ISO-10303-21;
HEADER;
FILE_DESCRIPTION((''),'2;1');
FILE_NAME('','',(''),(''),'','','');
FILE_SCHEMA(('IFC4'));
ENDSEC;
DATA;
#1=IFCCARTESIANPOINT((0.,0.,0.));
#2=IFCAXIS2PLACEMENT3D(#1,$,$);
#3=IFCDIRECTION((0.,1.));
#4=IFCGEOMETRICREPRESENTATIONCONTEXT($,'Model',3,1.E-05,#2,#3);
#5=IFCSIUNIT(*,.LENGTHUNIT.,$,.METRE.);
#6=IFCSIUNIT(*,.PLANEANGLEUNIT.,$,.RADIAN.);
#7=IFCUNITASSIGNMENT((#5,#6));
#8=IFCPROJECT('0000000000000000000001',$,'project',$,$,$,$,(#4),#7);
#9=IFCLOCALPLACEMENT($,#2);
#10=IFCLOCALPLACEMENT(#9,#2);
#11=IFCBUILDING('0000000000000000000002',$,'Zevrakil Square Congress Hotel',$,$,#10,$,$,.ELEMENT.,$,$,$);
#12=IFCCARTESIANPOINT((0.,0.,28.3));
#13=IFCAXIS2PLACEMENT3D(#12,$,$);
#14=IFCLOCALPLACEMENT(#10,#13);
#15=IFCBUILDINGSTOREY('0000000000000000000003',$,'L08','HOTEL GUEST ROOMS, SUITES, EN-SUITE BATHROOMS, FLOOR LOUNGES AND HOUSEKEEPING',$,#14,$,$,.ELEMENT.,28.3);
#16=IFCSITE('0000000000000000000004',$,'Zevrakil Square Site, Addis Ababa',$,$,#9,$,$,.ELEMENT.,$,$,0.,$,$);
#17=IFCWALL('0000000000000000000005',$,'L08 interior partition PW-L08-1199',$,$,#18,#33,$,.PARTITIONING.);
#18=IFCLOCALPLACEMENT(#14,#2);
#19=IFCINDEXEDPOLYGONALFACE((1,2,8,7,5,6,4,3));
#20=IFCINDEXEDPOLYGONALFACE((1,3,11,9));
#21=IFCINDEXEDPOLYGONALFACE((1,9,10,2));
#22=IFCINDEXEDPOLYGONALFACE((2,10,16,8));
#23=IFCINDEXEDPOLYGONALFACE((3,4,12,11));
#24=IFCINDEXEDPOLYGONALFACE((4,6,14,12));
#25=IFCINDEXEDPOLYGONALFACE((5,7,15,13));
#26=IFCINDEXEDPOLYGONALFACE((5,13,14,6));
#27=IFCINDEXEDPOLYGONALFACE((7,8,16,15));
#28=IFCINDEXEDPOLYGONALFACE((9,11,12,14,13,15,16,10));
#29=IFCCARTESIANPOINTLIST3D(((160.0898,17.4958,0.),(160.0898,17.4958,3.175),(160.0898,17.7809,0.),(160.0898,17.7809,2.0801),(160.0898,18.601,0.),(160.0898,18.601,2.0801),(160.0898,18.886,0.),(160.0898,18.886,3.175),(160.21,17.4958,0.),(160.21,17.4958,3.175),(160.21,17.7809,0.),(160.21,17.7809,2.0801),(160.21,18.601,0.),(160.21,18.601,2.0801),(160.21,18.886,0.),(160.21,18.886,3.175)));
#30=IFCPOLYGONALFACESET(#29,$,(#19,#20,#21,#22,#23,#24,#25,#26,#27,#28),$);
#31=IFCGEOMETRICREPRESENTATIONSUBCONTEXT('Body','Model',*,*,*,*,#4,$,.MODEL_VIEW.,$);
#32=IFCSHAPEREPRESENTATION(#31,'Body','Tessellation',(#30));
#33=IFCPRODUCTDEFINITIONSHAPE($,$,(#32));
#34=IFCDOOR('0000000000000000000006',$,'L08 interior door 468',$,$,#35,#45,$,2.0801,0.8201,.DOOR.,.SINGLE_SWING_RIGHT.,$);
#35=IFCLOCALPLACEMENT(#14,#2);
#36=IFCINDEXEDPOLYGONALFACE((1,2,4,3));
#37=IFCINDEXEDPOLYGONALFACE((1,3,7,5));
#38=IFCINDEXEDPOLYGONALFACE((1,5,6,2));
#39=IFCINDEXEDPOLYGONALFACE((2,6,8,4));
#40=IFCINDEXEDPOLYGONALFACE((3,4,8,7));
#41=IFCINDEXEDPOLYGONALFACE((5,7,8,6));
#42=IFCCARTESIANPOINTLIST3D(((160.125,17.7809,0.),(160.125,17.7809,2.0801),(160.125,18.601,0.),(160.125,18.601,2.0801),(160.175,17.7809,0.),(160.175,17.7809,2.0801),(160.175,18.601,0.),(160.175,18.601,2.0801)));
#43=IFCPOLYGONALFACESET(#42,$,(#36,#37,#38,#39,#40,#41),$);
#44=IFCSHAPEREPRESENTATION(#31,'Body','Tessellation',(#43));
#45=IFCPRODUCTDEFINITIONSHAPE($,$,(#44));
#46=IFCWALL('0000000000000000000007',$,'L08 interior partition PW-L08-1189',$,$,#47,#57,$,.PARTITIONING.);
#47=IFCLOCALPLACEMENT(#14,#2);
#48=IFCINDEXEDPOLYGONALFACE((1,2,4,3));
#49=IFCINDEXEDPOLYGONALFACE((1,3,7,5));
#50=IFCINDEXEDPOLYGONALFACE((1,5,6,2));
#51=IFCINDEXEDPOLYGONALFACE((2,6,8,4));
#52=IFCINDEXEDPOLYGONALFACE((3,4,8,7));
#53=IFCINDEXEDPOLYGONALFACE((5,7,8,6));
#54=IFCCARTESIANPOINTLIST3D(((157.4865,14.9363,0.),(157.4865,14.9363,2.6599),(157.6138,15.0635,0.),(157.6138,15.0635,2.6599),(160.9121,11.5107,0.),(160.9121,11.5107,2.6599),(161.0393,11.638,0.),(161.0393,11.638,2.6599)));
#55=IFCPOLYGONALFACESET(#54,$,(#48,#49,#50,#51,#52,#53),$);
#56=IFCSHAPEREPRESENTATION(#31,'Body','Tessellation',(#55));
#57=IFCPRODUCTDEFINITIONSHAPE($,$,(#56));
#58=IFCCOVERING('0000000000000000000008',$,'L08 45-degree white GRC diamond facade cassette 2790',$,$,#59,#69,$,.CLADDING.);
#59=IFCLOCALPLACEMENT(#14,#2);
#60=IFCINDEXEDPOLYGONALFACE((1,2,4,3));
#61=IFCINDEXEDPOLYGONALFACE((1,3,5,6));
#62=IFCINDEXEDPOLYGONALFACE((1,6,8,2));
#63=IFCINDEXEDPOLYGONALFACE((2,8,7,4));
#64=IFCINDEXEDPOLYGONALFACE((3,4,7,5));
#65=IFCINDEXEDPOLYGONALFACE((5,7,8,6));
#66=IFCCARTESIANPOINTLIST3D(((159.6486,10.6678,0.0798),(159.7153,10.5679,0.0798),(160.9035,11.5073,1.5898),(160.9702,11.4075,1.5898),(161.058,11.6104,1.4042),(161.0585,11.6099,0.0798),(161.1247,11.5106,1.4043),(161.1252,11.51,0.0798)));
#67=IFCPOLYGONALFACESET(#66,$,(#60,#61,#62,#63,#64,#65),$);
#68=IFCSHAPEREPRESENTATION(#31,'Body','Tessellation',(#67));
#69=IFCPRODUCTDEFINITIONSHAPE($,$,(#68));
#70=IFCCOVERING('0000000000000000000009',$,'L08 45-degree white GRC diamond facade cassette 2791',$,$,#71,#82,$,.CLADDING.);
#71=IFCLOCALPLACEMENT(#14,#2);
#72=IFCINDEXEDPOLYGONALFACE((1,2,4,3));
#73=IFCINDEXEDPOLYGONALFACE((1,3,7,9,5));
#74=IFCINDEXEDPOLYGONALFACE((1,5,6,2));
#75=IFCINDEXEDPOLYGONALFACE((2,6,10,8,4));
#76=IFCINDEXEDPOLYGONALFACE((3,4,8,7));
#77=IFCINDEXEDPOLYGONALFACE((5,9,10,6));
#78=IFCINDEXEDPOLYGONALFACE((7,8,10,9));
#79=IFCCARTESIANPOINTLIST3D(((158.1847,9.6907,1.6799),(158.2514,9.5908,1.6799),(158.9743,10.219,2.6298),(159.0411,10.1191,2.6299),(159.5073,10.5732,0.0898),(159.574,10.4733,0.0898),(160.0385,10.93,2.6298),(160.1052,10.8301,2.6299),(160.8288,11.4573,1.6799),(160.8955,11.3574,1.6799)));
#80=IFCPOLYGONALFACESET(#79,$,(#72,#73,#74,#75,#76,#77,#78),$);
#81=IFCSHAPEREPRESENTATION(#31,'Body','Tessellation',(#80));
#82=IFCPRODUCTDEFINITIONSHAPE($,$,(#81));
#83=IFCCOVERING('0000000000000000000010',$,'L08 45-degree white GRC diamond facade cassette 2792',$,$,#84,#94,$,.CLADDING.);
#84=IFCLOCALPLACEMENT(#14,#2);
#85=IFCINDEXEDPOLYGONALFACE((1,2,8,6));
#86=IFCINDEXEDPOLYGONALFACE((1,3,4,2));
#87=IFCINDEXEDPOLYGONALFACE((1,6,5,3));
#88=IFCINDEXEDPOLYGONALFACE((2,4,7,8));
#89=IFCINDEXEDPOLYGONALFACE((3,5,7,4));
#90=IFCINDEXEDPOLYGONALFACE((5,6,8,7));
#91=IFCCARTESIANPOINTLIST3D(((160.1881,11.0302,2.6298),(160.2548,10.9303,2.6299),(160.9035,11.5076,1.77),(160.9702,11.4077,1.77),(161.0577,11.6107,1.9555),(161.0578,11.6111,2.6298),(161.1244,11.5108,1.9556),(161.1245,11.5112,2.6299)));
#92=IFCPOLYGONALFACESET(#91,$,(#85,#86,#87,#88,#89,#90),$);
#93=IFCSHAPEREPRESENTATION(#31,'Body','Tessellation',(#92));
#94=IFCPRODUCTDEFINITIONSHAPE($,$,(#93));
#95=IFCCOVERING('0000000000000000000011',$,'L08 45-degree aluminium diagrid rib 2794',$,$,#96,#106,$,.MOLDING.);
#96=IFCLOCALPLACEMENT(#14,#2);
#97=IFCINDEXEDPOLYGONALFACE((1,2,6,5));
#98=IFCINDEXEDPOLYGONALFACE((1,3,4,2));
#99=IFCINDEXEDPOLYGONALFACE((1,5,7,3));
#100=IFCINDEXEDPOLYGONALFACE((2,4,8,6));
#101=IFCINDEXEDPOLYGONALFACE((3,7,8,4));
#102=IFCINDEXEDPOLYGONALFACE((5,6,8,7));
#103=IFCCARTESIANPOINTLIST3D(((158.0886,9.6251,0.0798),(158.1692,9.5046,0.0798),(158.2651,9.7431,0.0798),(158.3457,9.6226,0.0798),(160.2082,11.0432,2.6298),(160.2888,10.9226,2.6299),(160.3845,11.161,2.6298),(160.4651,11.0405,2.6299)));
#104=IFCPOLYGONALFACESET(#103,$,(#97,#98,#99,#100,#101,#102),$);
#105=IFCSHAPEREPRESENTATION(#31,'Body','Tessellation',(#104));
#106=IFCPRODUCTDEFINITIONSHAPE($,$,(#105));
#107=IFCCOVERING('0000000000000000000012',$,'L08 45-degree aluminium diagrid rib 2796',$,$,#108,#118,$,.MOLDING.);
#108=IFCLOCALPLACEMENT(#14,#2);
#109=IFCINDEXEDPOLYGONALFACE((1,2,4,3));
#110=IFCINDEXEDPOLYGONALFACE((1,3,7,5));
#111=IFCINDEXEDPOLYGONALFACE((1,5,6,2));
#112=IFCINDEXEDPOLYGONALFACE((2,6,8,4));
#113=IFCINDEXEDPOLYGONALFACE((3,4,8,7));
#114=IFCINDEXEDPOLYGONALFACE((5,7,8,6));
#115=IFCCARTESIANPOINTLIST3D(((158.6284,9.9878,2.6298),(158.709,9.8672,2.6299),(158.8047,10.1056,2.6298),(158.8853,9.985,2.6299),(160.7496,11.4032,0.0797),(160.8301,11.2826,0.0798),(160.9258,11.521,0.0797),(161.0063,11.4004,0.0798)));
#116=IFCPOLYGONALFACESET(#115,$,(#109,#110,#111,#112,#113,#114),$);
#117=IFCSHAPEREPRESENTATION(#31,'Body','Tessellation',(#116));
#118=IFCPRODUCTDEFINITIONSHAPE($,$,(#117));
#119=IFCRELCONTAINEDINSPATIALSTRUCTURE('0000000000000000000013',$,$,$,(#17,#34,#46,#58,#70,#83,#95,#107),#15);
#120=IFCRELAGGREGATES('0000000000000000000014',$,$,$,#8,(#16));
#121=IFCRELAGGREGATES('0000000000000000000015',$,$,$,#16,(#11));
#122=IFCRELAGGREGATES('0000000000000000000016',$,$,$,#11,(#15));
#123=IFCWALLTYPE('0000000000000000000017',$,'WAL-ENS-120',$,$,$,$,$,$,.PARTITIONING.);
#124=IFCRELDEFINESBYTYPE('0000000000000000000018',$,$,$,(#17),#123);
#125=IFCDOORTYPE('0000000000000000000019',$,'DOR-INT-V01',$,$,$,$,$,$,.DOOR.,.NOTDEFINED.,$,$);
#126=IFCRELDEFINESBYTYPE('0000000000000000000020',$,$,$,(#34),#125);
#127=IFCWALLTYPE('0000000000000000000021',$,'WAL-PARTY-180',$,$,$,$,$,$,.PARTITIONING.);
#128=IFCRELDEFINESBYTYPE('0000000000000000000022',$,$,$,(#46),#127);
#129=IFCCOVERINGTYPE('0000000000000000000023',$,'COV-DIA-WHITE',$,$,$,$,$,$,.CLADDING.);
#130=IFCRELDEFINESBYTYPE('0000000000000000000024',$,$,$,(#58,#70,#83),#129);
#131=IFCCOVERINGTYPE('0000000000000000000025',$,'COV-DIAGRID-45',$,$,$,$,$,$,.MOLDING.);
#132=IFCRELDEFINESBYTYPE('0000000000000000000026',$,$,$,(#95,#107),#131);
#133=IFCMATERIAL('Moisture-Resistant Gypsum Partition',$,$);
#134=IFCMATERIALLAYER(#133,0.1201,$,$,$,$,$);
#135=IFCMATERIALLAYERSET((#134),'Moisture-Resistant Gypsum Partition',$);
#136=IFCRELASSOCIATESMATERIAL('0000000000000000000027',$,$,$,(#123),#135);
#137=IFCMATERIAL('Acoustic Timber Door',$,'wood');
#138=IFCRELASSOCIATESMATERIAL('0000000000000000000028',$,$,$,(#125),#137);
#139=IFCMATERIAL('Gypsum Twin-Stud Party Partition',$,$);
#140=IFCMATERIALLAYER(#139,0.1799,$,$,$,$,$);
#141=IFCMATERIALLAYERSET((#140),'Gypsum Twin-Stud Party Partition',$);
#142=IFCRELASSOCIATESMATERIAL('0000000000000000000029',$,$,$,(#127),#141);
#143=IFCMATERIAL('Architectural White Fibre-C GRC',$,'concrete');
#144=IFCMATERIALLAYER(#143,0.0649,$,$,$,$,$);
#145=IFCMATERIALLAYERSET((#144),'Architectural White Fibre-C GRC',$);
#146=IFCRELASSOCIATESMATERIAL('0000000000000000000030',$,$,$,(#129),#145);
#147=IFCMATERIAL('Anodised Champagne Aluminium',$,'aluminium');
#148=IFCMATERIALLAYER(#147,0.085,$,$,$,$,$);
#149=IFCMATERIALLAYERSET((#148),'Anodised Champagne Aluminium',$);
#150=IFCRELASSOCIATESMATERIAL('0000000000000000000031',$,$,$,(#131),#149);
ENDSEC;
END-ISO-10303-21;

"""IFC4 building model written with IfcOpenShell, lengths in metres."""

from ifc_helpers import new_model, si_unit, direction, frame, frame_2d, origin, place, context, subcontext, project, spatial, polyline, rectangle, outline, extrude, material, layer, layer_set, type_object, element, fill, save


model = new_model("IFC4")

# Units and contexts
model_context = context("Model", 3, precision=1e-05, world=origin(), true_north=direction((0.0, 1.0)))
body_context = subcontext(model_context, "Body", "Model", "MODEL_VIEW")
ifc_project = project(units=[si_unit("LENGTHUNIT", "METRE"), si_unit("PLANEANGLEUNIT", "RADIAN")], contexts=[model_context])

# Site, building, storey
site_placement = place(None, origin())
site = spatial("IfcSite", under=ifc_project, at=site_placement, Name="Zevrakil Square Site, Addis Ababa", CompositionType="ELEMENT", RefElevation=0.0)
building_placement = place(site_placement, origin())
building = spatial("IfcBuilding", under=site, at=building_placement, Name="Zevrakil Square Congress Hotel", CompositionType="ELEMENT")
storey_placement = place(building_placement, frame((0.0, 0.0, 28.3)))
storey = spatial("IfcBuildingStorey", under=building, at=storey_placement, Name="L08", Description="HOTEL GUEST ROOMS, SUITES, EN-SUITE BATHROOMS, FLOOR LOUNGES AND HOUSEKEEPING", CompositionType="ELEMENT", Elevation=28.3)

# Shared definitions
ifc_material_1 = material(Name="Moisture-Resistant Gypsum Partition")
ifc_layer_1 = layer(ifc_material_1, 0.1201)
ifc_layer_set_1 = layer_set([ifc_layer_1], Name="Moisture-Resistant Gypsum Partition")
wall_type_1 = type_object("IfcWallType", Name="WAL-ENS-120", PredefinedType="PARTITIONING", material=ifc_layer_set_1)

# Shared definitions
ifc_material_2 = material(Name="Acoustic Timber Door", Category="wood")
door_type_1 = type_object("IfcDoorType", Name="DOR-INT-V01", OperationType="NOTDEFINED", PredefinedType="DOOR", material=ifc_material_2)

# Wall, opening, door
wall_1_placement = place(storey_placement, frame((160.1499, 17.4958, 0.0), z_axis=(0.0, 0.0, 1.0), x_axis=(0.0, 1.0, 0.0)))
wall_1 = element("IfcWall", 1, at=wall_1_placement, inside=storey, type_object=wall_type_1, Name="L08 interior partition PW-L08-1199", PredefinedType="PARTITIONING", context=body_context, shape_type="SweptSolid", body=[
    extrude(rectangle(XDim=1.3901, YDim=0.1201, at=frame_2d((0.6951, 0.0))), origin(), (0.0, 0.0, 1.0), 3.175),
])
opening_1_placement = place(wall_1_placement, frame((0.2849, 0.0, 0.0)))
opening_1 = element("IfcOpeningElement", 2, at=opening_1_placement, cuts=wall_1, PredefinedType="OPENING", context=body_context, shape_type="SweptSolid", body=[
    extrude(rectangle(XDim=0.8201, YDim=2.0801, at=frame_2d((0.4102, 1.04))), frame((0.0, 0.0701, 0.0), z_axis=(0.0, -1.0, 0.0), x_axis=(1.0, 0.0, 0.0)), (0.0, 0.0, 1.0), 0.1401),
])
door_1_placement = place(opening_1_placement, origin())
door_1 = element("IfcDoor", 3, at=door_1_placement, inside=storey, type_object=door_type_1, Name="L08 interior door 468", OperationType="SINGLE_SWING_RIGHT", OverallHeight=2.0801, OverallWidth=0.8201, PredefinedType="DOOR", context=body_context, shape_type="SweptSolid", body=[
    extrude(rectangle(XDim=0.8201, YDim=2.0801, at=frame_2d((0.4102, 1.04))), frame((0.0, 0.0249, 0.0), z_axis=(0.0, -1.0, 0.0), x_axis=(1.0, 0.0, 0.0)), (0.0, 0.0, 1.0), 0.05),
])
fill(opening_1, door_1)

# Wall
ifc_material_3 = material(Name="Gypsum Twin-Stud Party Partition")
ifc_layer_2 = layer(ifc_material_3, 0.1799)
ifc_layer_set_2 = layer_set([ifc_layer_2], Name="Gypsum Twin-Stud Party Partition")
wall_type_2 = type_object("IfcWallType", Name="WAL-PARTY-180", PredefinedType="PARTITIONING", material=ifc_layer_set_2)
wall_2_placement = place(storey_placement, frame((157.55, 15.0, 0.0), z_axis=(0.0, 0.0, 1.0), x_axis=(0.707107, -0.707107, 0.0)))
element("IfcWall", 4, at=wall_2_placement, inside=storey, type_object=wall_type_2, Name="L08 interior partition PW-L08-1189", PredefinedType="PARTITIONING", context=body_context, shape_type="SweptSolid", body=[
    extrude(rectangle(XDim=4.8445, YDim=0.1799, at=frame_2d((2.4224, 0.0))), origin(), (0.0, 0.0, 1.0), 2.6599),
])

# Coverings
ifc_material_4 = material(Name="Architectural White Fibre-C GRC", Category="concrete")
ifc_layer_3 = layer(ifc_material_4, 0.0649)
ifc_layer_set_3 = layer_set([ifc_layer_3], Name="Architectural White Fibre-C GRC")
covering_type_1 = type_object("IfcCoveringType", Name="COV-DIA-WHITE", PredefinedType="CLADDING", material=ifc_layer_set_3)
covering_1_placement = place(storey_placement, frame((160.9702, 11.4075, 1.5898), z_axis=(0.555556, -0.831479, 0.000575), x_axis=(0.588468, 0.392698, -0.706748)))
element("IfcCovering", 5, at=covering_1_placement, inside=storey, type_object=covering_type_1, Name="L08 45-degree white GRC diamond facade cassette 2790", PredefinedType="CLADDING", context=body_context, shape_type="SweptSolid", body=[
    extrude(outline(polyline([(0.0, 0.0), (0.2625, 0.0), (1.1987, -0.9369), (-0.001, -2.1354), (0.0, 0.0)])), origin(), (0.0, 0.0, -1.0), 0.1201),
])
covering_2_placement = place(storey_placement, frame((160.8955, 11.3574, 1.6799), z_axis=(0.555543, -0.831488, 0.000594), x_axis=(-0.587693, -0.393161, -0.707136)))
element("IfcCovering", 6, at=covering_2_placement, inside=storey, type_object=covering_type_1, Name="L08 45-degree white GRC diamond facade cassette 2791", PredefinedType="CLADDING", context=body_context, shape_type="SweptSolid", body=[
    extrude(outline(polyline([(0.0, 0.0), (2.2486, 0.0), (2.2484, -2.2486), (0.905, -2.2485), (0.0, -1.3435), (0.0, 0.0)])), origin(), (0.0, 0.0, -1.0), 0.1201),
])
covering_3_placement = place(storey_placement, frame((160.9702, 11.4077, 1.77), z_axis=(0.55547, -0.831537, 0.00043), x_axis=(-0.588229, -0.392574, 0.707016)))
element("IfcCovering", 7, at=covering_3_placement, inside=storey, type_object=covering_type_1, Name="L08 45-degree white GRC diamond facade cassette 2792", PredefinedType="CLADDING", context=body_context, shape_type="SweptSolid", body=[
    extrude(outline(polyline([(0.0, 0.0), (1.2162, 0.0), (0.4765, -0.7395), (0.0, -0.2624), (0.0, 0.0)])), origin(), (0.0, 0.0, -1.0), 0.1201),
])
ifc_material_5 = material(Name="Anodised Champagne Aluminium", Category="aluminium")
ifc_layer_4 = layer(ifc_material_5, 0.085)
ifc_layer_set_4 = layer_set([ifc_layer_4], Name="Anodised Champagne Aluminium")
covering_type_2 = type_object("IfcCoveringType", Name="COV-DIAGRID-45", PredefinedType="MOLDING", material=ifc_layer_set_4)
covering_4_placement = place(storey_placement, frame((158.3457, 9.6226, 0.0798), z_axis=(0.555762, -0.831341, 0.000343), x_axis=(-0.831342, -0.555762, 0.0)))
element("IfcCovering", 8, at=covering_4_placement, inside=storey, type_object=covering_type_2, Name="L08 45-degree aluminium diagrid rib 2794", PredefinedType="MOLDING", context=body_context, shape_type="SweptSolid", body=[
    extrude(outline(polyline([(0.0, 0.0), (0.2123, 0.0), (-2.3379, -2.55), (-2.55, -2.55), (0.0, 0.0)])), origin(), (0.0, 0.0, -1.0), 0.145),
])
covering_5_placement = place(storey_placement, frame((158.709, 9.8672, 2.6299), z_axis=(0.55563, -0.83143, 0.00068), x_axis=(0.83143, 0.55563, 0.0)))
element("IfcCovering", 9, at=covering_5_placement, inside=storey, type_object=covering_type_2, Name="L08 45-degree aluminium diagrid rib 2796", PredefinedType="MOLDING", context=body_context, shape_type="SweptSolid", body=[
    extrude(outline(polyline([(0.0, 0.0), (0.2121, 0.0), (2.762, -2.5501), (2.55, -2.5501), (0.0, 0.0)])), origin(), (0.0, 0.0, -1.0), 0.145),
])

save(model, "model.ifc")
